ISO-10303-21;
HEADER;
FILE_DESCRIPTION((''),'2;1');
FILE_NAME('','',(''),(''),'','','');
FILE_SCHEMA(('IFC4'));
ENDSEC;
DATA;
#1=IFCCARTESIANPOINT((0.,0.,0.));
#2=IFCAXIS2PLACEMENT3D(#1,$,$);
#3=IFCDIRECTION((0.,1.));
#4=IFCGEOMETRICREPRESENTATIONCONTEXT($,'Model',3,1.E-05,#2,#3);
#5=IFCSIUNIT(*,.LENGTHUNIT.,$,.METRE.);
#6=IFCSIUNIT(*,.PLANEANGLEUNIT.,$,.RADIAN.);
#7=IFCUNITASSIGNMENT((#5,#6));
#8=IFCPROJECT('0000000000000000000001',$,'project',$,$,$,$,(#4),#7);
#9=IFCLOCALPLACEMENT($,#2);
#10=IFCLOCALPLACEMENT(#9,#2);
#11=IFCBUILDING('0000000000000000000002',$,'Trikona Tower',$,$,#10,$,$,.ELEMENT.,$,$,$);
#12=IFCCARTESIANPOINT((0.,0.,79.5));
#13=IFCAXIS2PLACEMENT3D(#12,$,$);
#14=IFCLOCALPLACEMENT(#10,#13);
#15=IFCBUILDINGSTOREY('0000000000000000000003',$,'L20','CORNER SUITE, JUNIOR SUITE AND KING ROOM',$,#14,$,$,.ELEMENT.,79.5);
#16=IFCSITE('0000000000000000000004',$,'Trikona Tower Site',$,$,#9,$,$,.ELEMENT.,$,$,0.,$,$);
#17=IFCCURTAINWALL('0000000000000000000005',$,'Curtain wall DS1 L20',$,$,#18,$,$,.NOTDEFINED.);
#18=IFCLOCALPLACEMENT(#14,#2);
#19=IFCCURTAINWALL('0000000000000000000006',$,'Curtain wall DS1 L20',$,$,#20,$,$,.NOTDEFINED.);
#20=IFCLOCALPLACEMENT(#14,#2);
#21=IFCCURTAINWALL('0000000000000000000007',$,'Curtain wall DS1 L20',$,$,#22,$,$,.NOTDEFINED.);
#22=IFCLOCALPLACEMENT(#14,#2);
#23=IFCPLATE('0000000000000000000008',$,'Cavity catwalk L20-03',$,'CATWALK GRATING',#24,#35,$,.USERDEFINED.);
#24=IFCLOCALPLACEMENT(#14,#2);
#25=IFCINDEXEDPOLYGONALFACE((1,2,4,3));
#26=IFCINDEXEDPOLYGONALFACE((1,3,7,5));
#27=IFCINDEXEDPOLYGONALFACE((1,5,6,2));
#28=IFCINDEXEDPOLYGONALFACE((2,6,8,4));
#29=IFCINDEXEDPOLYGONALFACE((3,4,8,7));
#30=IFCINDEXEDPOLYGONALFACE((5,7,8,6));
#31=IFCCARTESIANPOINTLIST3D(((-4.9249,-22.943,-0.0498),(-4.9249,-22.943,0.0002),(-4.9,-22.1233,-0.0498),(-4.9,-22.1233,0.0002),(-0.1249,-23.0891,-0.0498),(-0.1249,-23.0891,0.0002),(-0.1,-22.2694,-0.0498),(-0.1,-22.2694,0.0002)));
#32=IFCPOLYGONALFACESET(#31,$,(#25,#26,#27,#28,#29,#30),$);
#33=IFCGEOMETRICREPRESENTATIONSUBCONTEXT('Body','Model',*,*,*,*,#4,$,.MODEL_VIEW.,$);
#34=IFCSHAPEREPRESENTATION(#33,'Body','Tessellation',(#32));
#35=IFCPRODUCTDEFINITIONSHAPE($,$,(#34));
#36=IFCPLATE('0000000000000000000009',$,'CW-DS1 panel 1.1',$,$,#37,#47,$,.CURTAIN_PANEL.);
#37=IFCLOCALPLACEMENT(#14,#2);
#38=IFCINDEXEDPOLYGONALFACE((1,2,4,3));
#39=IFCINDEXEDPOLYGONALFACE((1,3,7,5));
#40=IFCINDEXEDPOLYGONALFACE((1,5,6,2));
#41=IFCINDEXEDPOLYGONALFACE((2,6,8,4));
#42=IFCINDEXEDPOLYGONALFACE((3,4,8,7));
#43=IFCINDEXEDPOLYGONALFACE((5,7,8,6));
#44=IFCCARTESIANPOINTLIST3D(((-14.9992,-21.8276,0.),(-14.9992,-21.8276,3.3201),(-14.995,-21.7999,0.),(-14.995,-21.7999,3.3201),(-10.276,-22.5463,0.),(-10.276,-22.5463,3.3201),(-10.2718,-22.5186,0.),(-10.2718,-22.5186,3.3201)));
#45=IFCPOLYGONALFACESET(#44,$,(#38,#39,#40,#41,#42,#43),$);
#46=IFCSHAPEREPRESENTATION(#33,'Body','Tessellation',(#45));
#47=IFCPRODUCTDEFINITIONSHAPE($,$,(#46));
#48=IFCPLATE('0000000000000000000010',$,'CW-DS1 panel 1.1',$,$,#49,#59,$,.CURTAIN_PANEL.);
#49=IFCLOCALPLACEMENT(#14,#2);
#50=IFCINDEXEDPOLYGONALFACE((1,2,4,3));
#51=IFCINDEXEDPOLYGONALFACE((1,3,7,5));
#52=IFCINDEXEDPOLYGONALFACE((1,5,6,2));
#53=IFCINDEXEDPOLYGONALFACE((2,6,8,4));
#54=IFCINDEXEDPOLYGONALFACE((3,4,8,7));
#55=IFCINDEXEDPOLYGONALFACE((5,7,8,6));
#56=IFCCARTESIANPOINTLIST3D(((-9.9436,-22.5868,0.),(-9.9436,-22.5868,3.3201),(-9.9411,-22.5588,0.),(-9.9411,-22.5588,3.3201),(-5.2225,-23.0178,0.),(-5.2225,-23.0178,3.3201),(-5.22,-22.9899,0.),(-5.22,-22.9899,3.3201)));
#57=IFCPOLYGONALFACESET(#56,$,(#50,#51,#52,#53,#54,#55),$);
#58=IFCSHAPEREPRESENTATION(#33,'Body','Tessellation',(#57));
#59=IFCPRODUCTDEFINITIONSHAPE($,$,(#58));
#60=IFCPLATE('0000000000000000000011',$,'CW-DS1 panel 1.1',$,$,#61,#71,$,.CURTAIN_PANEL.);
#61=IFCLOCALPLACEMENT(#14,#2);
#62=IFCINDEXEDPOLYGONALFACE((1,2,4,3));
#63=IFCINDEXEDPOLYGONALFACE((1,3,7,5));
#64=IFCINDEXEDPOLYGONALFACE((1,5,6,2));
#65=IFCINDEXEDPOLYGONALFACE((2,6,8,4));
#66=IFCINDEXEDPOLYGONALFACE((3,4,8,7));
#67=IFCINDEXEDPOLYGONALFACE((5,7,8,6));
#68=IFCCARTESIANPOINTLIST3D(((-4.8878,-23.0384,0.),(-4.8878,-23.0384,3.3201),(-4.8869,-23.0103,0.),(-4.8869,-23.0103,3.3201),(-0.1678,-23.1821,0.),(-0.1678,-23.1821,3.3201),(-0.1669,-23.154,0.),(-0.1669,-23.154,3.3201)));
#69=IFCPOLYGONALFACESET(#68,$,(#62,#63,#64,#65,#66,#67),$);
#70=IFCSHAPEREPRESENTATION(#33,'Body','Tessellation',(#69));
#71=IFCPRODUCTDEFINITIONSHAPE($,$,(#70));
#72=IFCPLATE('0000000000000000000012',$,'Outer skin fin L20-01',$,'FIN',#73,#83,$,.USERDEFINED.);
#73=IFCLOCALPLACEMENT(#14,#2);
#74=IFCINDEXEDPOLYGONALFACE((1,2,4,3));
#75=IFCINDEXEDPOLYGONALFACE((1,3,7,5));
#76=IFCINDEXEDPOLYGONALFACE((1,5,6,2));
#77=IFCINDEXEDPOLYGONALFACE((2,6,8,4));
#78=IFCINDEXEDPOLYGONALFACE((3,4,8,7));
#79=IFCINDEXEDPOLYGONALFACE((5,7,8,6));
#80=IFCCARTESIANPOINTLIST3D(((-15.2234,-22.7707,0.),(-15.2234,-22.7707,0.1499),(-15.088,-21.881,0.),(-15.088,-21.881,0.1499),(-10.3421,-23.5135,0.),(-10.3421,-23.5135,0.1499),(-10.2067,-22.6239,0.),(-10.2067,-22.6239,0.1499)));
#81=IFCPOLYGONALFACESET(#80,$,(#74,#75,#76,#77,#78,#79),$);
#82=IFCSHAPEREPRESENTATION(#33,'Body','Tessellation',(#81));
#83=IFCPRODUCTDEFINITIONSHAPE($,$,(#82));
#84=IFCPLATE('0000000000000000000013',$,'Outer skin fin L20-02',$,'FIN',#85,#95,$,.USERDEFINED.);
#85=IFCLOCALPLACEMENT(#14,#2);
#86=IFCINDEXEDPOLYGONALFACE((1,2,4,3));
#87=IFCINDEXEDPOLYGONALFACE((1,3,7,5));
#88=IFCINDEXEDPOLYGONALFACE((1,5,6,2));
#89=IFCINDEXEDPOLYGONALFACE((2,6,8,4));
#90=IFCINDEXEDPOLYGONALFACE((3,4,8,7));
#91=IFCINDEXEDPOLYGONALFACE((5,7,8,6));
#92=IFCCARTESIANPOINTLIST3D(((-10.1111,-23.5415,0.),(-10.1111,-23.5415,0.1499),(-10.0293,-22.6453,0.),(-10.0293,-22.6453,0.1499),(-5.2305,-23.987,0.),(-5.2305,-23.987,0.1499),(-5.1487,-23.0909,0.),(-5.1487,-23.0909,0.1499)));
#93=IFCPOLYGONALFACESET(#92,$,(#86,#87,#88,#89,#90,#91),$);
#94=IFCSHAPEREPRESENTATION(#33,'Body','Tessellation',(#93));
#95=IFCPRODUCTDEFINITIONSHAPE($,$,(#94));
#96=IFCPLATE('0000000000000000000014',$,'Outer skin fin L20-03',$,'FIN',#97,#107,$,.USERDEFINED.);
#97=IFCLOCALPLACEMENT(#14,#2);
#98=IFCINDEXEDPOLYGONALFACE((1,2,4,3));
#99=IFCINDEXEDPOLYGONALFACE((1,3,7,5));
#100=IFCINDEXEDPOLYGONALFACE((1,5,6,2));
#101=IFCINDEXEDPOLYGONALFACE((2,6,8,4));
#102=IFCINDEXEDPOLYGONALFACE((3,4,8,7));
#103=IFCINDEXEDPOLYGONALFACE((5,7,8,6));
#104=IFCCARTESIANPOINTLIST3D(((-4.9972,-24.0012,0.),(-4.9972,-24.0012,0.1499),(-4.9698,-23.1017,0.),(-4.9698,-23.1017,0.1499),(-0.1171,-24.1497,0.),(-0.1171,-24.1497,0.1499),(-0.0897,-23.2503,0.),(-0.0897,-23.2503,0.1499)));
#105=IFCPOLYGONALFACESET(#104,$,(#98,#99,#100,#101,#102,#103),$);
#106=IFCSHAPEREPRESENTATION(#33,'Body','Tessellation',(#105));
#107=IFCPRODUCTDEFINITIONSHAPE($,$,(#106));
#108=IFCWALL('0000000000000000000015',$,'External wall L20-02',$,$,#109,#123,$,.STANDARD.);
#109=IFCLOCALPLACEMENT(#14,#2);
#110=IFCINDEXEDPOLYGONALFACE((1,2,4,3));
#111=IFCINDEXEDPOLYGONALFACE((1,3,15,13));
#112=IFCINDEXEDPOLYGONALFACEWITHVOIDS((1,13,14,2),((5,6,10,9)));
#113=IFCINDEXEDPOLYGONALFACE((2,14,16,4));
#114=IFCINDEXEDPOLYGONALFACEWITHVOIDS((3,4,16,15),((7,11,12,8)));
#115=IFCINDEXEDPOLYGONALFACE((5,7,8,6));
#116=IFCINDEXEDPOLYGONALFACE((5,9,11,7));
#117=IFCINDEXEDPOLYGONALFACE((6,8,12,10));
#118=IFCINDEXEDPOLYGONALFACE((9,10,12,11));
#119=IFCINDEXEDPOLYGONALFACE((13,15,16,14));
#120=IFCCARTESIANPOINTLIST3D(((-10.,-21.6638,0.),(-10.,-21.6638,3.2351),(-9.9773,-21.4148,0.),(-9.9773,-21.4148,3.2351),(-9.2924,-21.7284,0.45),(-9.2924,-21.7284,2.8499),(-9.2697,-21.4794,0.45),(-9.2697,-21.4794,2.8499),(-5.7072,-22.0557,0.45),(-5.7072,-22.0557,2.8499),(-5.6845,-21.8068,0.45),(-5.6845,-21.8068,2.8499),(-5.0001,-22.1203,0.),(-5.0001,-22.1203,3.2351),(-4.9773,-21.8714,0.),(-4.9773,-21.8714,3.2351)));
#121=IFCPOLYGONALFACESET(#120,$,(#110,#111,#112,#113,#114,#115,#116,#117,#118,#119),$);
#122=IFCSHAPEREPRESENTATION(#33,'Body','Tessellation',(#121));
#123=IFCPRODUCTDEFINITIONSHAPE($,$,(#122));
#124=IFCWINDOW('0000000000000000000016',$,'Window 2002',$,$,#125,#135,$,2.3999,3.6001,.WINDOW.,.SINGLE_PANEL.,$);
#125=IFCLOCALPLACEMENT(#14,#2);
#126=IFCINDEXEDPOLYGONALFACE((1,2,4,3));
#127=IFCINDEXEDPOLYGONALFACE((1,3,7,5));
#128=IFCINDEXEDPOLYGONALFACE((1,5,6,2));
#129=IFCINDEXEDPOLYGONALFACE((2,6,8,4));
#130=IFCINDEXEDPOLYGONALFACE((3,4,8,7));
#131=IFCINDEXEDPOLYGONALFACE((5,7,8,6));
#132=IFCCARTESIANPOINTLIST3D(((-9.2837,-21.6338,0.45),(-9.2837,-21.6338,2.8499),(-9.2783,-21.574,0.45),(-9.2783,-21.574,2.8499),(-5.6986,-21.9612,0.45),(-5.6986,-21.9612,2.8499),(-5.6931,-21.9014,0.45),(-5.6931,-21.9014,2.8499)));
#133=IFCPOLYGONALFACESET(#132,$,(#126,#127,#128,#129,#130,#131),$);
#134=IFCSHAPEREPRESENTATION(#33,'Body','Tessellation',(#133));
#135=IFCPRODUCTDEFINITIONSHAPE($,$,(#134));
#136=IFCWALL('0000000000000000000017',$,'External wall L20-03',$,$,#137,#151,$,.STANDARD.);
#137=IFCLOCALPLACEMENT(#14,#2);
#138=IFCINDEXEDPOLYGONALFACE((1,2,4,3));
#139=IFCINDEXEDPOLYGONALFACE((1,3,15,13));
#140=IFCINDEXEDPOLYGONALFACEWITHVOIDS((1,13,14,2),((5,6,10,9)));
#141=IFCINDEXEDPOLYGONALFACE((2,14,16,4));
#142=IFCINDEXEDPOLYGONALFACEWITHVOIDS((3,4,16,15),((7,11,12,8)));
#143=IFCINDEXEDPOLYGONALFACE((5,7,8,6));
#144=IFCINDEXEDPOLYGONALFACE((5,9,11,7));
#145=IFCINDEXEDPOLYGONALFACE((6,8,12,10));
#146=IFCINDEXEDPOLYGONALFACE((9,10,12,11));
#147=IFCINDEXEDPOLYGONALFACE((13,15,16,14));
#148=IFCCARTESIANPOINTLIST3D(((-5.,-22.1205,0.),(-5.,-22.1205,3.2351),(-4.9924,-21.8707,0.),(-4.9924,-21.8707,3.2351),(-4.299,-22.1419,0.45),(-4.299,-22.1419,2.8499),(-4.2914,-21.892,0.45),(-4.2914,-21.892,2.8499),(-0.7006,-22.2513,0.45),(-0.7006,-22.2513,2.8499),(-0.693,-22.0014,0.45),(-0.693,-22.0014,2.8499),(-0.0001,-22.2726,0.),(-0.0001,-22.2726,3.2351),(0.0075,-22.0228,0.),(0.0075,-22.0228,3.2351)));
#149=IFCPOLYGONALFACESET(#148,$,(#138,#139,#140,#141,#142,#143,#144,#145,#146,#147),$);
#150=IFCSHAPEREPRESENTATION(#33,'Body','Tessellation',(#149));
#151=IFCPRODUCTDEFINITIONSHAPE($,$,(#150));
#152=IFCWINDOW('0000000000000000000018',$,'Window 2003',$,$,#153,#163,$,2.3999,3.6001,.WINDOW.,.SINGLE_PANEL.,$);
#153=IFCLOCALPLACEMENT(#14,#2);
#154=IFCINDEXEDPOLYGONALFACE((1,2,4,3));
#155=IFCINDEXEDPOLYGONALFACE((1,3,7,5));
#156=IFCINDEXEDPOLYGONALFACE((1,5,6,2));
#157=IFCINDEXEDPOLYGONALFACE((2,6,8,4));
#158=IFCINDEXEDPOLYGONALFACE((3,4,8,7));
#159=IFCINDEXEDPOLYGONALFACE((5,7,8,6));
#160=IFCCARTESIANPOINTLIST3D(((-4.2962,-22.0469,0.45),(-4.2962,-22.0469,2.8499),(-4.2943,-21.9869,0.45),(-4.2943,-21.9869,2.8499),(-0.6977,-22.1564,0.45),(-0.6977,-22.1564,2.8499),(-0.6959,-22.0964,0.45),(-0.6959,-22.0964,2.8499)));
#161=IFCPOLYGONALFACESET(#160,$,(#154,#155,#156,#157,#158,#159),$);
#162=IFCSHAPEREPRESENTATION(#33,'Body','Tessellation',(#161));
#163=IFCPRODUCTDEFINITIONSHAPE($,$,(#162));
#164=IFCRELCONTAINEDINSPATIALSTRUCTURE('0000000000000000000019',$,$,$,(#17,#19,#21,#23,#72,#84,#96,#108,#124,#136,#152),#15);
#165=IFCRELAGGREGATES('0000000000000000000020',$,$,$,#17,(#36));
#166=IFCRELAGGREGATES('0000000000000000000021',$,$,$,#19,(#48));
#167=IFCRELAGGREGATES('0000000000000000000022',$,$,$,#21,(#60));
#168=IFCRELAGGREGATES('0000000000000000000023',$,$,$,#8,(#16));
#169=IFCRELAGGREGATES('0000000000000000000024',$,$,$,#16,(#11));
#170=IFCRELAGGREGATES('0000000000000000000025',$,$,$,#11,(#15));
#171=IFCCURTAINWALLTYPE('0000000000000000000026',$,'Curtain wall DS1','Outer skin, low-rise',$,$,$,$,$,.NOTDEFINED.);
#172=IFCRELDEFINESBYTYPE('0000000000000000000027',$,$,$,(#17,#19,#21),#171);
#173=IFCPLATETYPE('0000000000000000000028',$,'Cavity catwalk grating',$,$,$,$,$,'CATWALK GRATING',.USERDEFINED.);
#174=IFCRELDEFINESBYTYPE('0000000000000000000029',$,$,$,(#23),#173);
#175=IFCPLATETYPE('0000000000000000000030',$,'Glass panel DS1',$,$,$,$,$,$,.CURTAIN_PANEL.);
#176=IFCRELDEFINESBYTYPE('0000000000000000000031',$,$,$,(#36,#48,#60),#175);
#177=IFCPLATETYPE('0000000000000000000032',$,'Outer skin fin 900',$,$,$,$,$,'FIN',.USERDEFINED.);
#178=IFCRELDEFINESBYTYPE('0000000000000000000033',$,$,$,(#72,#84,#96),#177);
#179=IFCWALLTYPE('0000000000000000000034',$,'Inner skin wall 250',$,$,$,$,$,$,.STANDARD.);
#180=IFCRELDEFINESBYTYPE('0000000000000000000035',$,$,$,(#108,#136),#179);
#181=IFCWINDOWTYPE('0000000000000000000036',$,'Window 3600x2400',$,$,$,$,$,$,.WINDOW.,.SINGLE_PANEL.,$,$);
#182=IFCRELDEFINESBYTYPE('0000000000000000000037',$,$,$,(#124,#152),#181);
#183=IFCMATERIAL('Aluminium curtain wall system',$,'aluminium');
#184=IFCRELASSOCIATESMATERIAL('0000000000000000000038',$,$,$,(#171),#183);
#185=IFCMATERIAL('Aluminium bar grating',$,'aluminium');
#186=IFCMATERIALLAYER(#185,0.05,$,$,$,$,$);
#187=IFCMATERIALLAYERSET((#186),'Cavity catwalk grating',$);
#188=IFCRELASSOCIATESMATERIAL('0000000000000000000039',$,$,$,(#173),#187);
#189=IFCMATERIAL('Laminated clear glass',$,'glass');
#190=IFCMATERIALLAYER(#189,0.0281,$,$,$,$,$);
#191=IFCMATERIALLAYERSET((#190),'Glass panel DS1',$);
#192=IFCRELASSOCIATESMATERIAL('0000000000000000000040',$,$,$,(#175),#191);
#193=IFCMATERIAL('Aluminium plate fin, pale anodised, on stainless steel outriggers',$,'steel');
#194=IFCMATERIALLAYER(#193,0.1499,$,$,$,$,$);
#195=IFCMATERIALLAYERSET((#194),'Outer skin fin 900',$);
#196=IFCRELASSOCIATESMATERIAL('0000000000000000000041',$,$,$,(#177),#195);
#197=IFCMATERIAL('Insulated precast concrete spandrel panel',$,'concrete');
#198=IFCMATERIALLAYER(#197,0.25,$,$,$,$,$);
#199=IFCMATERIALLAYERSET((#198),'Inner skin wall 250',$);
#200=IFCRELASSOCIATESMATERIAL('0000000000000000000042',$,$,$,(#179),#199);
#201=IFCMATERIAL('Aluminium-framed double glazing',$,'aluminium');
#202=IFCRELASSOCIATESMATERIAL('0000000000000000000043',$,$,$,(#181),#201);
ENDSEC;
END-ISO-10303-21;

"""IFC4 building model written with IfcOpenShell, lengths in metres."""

from ifc_helpers import new_model, si_unit, direction, frame, frame_2d, origin, origin_2d, place, context, subcontext, project, spatial, rectangle, extrude, material, layer, layer_set, type_object, element, fill, aggregate, save


model = new_model("IFC4")

# Units and contexts
model_context = context("Model", 3, precision=1e-05, world=origin(), true_north=direction((0.0, 1.0)))
body_context = subcontext(model_context, "Body", "Model", "MODEL_VIEW")
ifc_project = project(units=[si_unit("LENGTHUNIT", "METRE"), si_unit("PLANEANGLEUNIT", "RADIAN")], contexts=[model_context])

# Site, building, storey
site_placement = place(None, origin())
site = spatial("IfcSite", under=ifc_project, at=site_placement, Name="Trikona Tower Site", CompositionType="ELEMENT", RefElevation=0.0)
building_placement = place(site_placement, origin())
building = spatial("IfcBuilding", under=site, at=building_placement, Name="Trikona Tower", CompositionType="ELEMENT")
storey_placement = place(building_placement, frame((0.0, 0.0, 79.5)))
storey = spatial("IfcBuildingStorey", under=building, at=storey_placement, Name="L20", Description="CORNER SUITE, JUNIOR SUITE AND KING ROOM", CompositionType="ELEMENT", Elevation=79.5)

# Curtain wall
ifc_material_1 = material(Name="Aluminium curtain wall system", Category="aluminium")
curtain_wall_type = type_object("IfcCurtainWallType", Name="Curtain wall DS1", Description="Outer skin, low-rise", PredefinedType="NOTDEFINED", material=ifc_material_1)
curtain_wall_1_placement = place(storey_placement, origin())
curtain_wall_1 = element("IfcCurtainWall", 1, at=curtain_wall_1_placement, inside=storey, type_object=curtain_wall_type, Name="Curtain wall DS1 L20", PredefinedType="NOTDEFINED")

# Curtain walls
curtain_wall_2_placement = place(storey_placement, origin())
curtain_wall_2 = element("IfcCurtainWall", 2, at=curtain_wall_2_placement, inside=storey, type_object=curtain_wall_type, Name="Curtain wall DS1 L20", PredefinedType="NOTDEFINED")
curtain_wall_3_placement = place(storey_placement, origin())
curtain_wall_3 = element("IfcCurtainWall", 3, at=curtain_wall_3_placement, inside=storey, type_object=curtain_wall_type, Name="Curtain wall DS1 L20", PredefinedType="NOTDEFINED")

# Plate
ifc_material_2 = material(Name="Aluminium bar grating", Category="aluminium")
ifc_layer_1 = layer(ifc_material_2, 0.05)
ifc_layer_set_1 = layer_set([ifc_layer_1], Name="Cavity catwalk grating")
plate_type_1 = type_object("IfcPlateType", Name="Cavity catwalk grating", ElementType="CATWALK GRATING", PredefinedType="USERDEFINED", material=ifc_layer_set_1)
plate_1_placement = place(storey_placement, frame((-2.5125, -22.6062, -0.0498), z_axis=(0.0, 0.0, 1.0), x_axis=(0.999537, -0.030425, 0.0)))
element("IfcPlate", 4, at=plate_1_placement, inside=storey, type_object=plate_type_1, Name="Cavity catwalk L20-03", ObjectType="CATWALK GRATING", PredefinedType="USERDEFINED", context=body_context, shape_type="SweptSolid", body=[
    extrude(rectangle(XDim=4.8022, YDim=0.8201, at=origin_2d()), origin(), (0.0, 0.0, 1.0), 0.05),
])

# Plates
ifc_material_3 = material(Name="Laminated clear glass", Category="glass")
ifc_layer_2 = layer(ifc_material_3, 0.0281)
ifc_layer_set_2 = layer_set([ifc_layer_2], Name="Glass panel DS1")
plate_type_2 = type_object("IfcPlateType", Name="Glass panel DS1", PredefinedType="CURTAIN_PANEL", material=ifc_layer_set_2)
plate_2_placement = place(storey_placement, frame((-12.6355, -22.1731, 0.0), z_axis=(0.0, 0.0, 1.0), x_axis=(0.988619, -0.150438, 0.0)))
plate_2 = element("IfcPlate", 5, at=plate_2_placement, type_object=plate_type_2, Name="CW-DS1 panel 1.1", PredefinedType="CURTAIN_PANEL", context=body_context, shape_type="SweptSolid", body=[
    extrude(rectangle(XDim=4.7776, YDim=0.0281, at=origin_2d()), origin(), (0.0, 0.0, 1.0), 3.3201),
])
aggregate(curtain_wall_1, [plate_2])
plate_3_placement = place(storey_placement, frame((-7.5818, -22.7883, 0.0), z_axis=(0.0, 0.0, 1.0), x_axis=(0.995858, -0.090924, 0.0)))
plate_3 = element("IfcPlate", 6, at=plate_3_placement, type_object=plate_type_2, Name="CW-DS1 panel 1.1", PredefinedType="CURTAIN_PANEL", context=body_context, shape_type="SweptSolid", body=[
    extrude(rectangle(XDim=4.7407, YDim=0.0281, at=origin_2d()), origin(), (0.0, 0.0, 1.0), 3.3201),
])
aggregate(curtain_wall_2, [plate_3])
plate_4_placement = place(storey_placement, frame((-2.5273, -23.0962, 0.0), z_axis=(0.0, 0.0, 1.0), x_axis=(0.999537, -0.030437, 0.0)))
plate_4 = element("IfcPlate", 7, at=plate_4_placement, type_object=plate_type_2, Name="CW-DS1 panel 1.1", PredefinedType="CURTAIN_PANEL", context=body_context, shape_type="SweptSolid", body=[
    extrude(rectangle(XDim=4.7222, YDim=0.0281, at=origin_2d()), origin(), (0.0, 0.0, 1.0), 3.3201),
])
aggregate(curtain_wall_3, [plate_4])

# Plates
ifc_material_4 = material(Name="Aluminium plate fin, pale anodised, on stainless steel outriggers", Category="steel")
ifc_layer_3 = layer(ifc_material_4, 0.1499)
ifc_layer_set_3 = layer_set([ifc_layer_3], Name="Outer skin fin 900")
plate_type_3 = type_object("IfcPlateType", Name="Outer skin fin 900", ElementType="FIN", PredefinedType="USERDEFINED", material=ifc_layer_set_3)
plate_5_placement = place(storey_placement, frame((-12.7151, -22.6973, 0.0), z_axis=(0.0, 0.0, 1.0), x_axis=(0.988618, -0.150448, 0.0)))
element("IfcPlate", 8, at=plate_5_placement, inside=storey, type_object=plate_type_3, Name="Outer skin fin L20-01", ObjectType="FIN", PredefinedType="USERDEFINED", context=body_context, shape_type="SweptSolid", body=[
    extrude(rectangle(XDim=4.9375, YDim=0.8999, at=origin_2d()), origin(), (0.0, 0.0, 1.0), 0.1499),
])
plate_6_placement = place(storey_placement, frame((-7.6299, -23.3162, 0.0), z_axis=(0.0, 0.0, 1.0), x_axis=(0.995858, -0.090921, 0.0)))
element("IfcPlate", 9, at=plate_6_placement, inside=storey, type_object=plate_type_3, Name="Outer skin fin L20-02", ObjectType="FIN", PredefinedType="USERDEFINED", context=body_context, shape_type="SweptSolid", body=[
    extrude(rectangle(XDim=4.9009, YDim=0.8999, at=origin_2d()), origin(), (0.0, 0.0, 1.0), 0.1499),
])
plate_7_placement = place(storey_placement, frame((-2.5435, -23.6257, 0.0), z_axis=(0.0, 0.0, 1.0), x_axis=(0.999537, -0.030425, 0.0)))
element("IfcPlate", 10, at=plate_7_placement, inside=storey, type_object=plate_type_3, Name="Outer skin fin L20-03", ObjectType="FIN", PredefinedType="USERDEFINED", context=body_context, shape_type="SweptSolid", body=[
    extrude(rectangle(XDim=4.8823, YDim=0.8999, at=origin_2d()), origin(), (0.0, 0.0, 1.0), 0.1499),
])

# Walls, openings, windows
ifc_material_5 = material(Name="Insulated precast concrete spandrel panel", Category="concrete")
ifc_layer_4 = layer(ifc_material_5, 0.25)
ifc_layer_set_4 = layer_set([ifc_layer_4], Name="Inner skin wall 250")
wall_type = type_object("IfcWallType", Name="Inner skin wall 250", PredefinedType="STANDARD", material=ifc_layer_set_4)
wall_1_placement = place(storey_placement, frame((-9.9885, -21.5393, 0.0), z_axis=(0.0, 0.0, 1.0), x_axis=(0.995857, -0.09093, 0.0)))
wall_1 = element("IfcWall", 11, at=wall_1_placement, inside=storey, type_object=wall_type, Name="External wall L20-02", PredefinedType="STANDARD", context=body_context, shape_type="SweptSolid", body=[
    extrude(rectangle(XDim=5.0208, YDim=0.25, at=frame_2d((2.5103, 0.0))), origin(), (0.0, 0.0, 1.0), 3.2351),
])
opening_1_placement = place(wall_1_placement, frame((0.7104, 0.0, 0.45)))
opening_1 = element("IfcOpeningElement", 12, at=opening_1_placement, cuts=wall_1, PredefinedType="OPENING", context=body_context, shape_type="SweptSolid", body=[
    extrude(rectangle(XDim=3.6001, YDim=2.3999, at=frame_2d((1.8, 1.2))), frame((0.0, 0.135, 0.0), z_axis=(0.0, -1.0, 0.0), x_axis=(1.0, 0.0, 0.0)), (0.0, 0.0, 1.0), 0.27),
])
ifc_material_6 = material(Name="Aluminium-framed double glazing", Category="aluminium")
window_type = type_object("IfcWindowType", Name="Window 3600x2400", PartitioningType="SINGLE_PANEL", PredefinedType="WINDOW", material=ifc_material_6)
window_1_placement = place(opening_1_placement, origin())
window_1 = element("IfcWindow", 13, at=window_1_placement, inside=storey, type_object=window_type, Name="Window 2002", OverallHeight=2.3999, OverallWidth=3.6001, PartitioningType="SINGLE_PANEL", PredefinedType="WINDOW", context=body_context, shape_type="SweptSolid", body=[
    extrude(rectangle(XDim=3.6001, YDim=2.3999, at=frame_2d((1.8, 1.2))), frame((0.0, 0.03, 0.0), z_axis=(0.0, -1.0, 0.0), x_axis=(1.0, 0.0, 0.0)), (0.0, 0.0, 1.0), 0.0601),
])
fill(opening_1, window_1)
wall_2_placement = place(storey_placement, frame((-4.9961, -21.9956, 0.0), z_axis=(0.0, 0.0, 1.0), x_axis=(0.999538, -0.030406, 0.0)))
wall_2 = element("IfcWall", 14, at=wall_2_placement, inside=storey, type_object=wall_type, Name="External wall L20-03", PredefinedType="STANDARD", context=body_context, shape_type="SweptSolid", body=[
    extrude(rectangle(XDim=5.0022, YDim=0.25, at=frame_2d((2.501, 0.0))), origin(), (0.0, 0.0, 1.0), 3.2351),
])
opening_2_placement = place(wall_2_placement, frame((0.7012, 0.0, 0.45)))
opening_2 = element("IfcOpeningElement", 15, at=opening_2_placement, cuts=wall_2, PredefinedType="OPENING", context=body_context, shape_type="SweptSolid", body=[
    extrude(rectangle(XDim=3.6001, YDim=2.3999, at=frame_2d((1.8, 1.2))), frame((0.0, 0.135, 0.0), z_axis=(0.0, -1.0, 0.0), x_axis=(1.0, 0.0, 0.0)), (0.0, 0.0, 1.0), 0.27),
])
window_2_placement = place(opening_2_placement, origin())
window_2 = element("IfcWindow", 16, at=window_2_placement, inside=storey, type_object=window_type, Name="Window 2003", OverallHeight=2.3999, OverallWidth=3.6001, PartitioningType="SINGLE_PANEL", PredefinedType="WINDOW", context=body_context, shape_type="SweptSolid", body=[
    extrude(rectangle(XDim=3.6001, YDim=2.3999, at=frame_2d((1.8, 1.2))), frame((0.0, 0.03, 0.0), z_axis=(0.0, -1.0, 0.0), x_axis=(1.0, 0.0, 0.0)), (0.0, 0.0, 1.0), 0.0601),
])
fill(opening_2, window_2)

save(model, "model.ifc")
